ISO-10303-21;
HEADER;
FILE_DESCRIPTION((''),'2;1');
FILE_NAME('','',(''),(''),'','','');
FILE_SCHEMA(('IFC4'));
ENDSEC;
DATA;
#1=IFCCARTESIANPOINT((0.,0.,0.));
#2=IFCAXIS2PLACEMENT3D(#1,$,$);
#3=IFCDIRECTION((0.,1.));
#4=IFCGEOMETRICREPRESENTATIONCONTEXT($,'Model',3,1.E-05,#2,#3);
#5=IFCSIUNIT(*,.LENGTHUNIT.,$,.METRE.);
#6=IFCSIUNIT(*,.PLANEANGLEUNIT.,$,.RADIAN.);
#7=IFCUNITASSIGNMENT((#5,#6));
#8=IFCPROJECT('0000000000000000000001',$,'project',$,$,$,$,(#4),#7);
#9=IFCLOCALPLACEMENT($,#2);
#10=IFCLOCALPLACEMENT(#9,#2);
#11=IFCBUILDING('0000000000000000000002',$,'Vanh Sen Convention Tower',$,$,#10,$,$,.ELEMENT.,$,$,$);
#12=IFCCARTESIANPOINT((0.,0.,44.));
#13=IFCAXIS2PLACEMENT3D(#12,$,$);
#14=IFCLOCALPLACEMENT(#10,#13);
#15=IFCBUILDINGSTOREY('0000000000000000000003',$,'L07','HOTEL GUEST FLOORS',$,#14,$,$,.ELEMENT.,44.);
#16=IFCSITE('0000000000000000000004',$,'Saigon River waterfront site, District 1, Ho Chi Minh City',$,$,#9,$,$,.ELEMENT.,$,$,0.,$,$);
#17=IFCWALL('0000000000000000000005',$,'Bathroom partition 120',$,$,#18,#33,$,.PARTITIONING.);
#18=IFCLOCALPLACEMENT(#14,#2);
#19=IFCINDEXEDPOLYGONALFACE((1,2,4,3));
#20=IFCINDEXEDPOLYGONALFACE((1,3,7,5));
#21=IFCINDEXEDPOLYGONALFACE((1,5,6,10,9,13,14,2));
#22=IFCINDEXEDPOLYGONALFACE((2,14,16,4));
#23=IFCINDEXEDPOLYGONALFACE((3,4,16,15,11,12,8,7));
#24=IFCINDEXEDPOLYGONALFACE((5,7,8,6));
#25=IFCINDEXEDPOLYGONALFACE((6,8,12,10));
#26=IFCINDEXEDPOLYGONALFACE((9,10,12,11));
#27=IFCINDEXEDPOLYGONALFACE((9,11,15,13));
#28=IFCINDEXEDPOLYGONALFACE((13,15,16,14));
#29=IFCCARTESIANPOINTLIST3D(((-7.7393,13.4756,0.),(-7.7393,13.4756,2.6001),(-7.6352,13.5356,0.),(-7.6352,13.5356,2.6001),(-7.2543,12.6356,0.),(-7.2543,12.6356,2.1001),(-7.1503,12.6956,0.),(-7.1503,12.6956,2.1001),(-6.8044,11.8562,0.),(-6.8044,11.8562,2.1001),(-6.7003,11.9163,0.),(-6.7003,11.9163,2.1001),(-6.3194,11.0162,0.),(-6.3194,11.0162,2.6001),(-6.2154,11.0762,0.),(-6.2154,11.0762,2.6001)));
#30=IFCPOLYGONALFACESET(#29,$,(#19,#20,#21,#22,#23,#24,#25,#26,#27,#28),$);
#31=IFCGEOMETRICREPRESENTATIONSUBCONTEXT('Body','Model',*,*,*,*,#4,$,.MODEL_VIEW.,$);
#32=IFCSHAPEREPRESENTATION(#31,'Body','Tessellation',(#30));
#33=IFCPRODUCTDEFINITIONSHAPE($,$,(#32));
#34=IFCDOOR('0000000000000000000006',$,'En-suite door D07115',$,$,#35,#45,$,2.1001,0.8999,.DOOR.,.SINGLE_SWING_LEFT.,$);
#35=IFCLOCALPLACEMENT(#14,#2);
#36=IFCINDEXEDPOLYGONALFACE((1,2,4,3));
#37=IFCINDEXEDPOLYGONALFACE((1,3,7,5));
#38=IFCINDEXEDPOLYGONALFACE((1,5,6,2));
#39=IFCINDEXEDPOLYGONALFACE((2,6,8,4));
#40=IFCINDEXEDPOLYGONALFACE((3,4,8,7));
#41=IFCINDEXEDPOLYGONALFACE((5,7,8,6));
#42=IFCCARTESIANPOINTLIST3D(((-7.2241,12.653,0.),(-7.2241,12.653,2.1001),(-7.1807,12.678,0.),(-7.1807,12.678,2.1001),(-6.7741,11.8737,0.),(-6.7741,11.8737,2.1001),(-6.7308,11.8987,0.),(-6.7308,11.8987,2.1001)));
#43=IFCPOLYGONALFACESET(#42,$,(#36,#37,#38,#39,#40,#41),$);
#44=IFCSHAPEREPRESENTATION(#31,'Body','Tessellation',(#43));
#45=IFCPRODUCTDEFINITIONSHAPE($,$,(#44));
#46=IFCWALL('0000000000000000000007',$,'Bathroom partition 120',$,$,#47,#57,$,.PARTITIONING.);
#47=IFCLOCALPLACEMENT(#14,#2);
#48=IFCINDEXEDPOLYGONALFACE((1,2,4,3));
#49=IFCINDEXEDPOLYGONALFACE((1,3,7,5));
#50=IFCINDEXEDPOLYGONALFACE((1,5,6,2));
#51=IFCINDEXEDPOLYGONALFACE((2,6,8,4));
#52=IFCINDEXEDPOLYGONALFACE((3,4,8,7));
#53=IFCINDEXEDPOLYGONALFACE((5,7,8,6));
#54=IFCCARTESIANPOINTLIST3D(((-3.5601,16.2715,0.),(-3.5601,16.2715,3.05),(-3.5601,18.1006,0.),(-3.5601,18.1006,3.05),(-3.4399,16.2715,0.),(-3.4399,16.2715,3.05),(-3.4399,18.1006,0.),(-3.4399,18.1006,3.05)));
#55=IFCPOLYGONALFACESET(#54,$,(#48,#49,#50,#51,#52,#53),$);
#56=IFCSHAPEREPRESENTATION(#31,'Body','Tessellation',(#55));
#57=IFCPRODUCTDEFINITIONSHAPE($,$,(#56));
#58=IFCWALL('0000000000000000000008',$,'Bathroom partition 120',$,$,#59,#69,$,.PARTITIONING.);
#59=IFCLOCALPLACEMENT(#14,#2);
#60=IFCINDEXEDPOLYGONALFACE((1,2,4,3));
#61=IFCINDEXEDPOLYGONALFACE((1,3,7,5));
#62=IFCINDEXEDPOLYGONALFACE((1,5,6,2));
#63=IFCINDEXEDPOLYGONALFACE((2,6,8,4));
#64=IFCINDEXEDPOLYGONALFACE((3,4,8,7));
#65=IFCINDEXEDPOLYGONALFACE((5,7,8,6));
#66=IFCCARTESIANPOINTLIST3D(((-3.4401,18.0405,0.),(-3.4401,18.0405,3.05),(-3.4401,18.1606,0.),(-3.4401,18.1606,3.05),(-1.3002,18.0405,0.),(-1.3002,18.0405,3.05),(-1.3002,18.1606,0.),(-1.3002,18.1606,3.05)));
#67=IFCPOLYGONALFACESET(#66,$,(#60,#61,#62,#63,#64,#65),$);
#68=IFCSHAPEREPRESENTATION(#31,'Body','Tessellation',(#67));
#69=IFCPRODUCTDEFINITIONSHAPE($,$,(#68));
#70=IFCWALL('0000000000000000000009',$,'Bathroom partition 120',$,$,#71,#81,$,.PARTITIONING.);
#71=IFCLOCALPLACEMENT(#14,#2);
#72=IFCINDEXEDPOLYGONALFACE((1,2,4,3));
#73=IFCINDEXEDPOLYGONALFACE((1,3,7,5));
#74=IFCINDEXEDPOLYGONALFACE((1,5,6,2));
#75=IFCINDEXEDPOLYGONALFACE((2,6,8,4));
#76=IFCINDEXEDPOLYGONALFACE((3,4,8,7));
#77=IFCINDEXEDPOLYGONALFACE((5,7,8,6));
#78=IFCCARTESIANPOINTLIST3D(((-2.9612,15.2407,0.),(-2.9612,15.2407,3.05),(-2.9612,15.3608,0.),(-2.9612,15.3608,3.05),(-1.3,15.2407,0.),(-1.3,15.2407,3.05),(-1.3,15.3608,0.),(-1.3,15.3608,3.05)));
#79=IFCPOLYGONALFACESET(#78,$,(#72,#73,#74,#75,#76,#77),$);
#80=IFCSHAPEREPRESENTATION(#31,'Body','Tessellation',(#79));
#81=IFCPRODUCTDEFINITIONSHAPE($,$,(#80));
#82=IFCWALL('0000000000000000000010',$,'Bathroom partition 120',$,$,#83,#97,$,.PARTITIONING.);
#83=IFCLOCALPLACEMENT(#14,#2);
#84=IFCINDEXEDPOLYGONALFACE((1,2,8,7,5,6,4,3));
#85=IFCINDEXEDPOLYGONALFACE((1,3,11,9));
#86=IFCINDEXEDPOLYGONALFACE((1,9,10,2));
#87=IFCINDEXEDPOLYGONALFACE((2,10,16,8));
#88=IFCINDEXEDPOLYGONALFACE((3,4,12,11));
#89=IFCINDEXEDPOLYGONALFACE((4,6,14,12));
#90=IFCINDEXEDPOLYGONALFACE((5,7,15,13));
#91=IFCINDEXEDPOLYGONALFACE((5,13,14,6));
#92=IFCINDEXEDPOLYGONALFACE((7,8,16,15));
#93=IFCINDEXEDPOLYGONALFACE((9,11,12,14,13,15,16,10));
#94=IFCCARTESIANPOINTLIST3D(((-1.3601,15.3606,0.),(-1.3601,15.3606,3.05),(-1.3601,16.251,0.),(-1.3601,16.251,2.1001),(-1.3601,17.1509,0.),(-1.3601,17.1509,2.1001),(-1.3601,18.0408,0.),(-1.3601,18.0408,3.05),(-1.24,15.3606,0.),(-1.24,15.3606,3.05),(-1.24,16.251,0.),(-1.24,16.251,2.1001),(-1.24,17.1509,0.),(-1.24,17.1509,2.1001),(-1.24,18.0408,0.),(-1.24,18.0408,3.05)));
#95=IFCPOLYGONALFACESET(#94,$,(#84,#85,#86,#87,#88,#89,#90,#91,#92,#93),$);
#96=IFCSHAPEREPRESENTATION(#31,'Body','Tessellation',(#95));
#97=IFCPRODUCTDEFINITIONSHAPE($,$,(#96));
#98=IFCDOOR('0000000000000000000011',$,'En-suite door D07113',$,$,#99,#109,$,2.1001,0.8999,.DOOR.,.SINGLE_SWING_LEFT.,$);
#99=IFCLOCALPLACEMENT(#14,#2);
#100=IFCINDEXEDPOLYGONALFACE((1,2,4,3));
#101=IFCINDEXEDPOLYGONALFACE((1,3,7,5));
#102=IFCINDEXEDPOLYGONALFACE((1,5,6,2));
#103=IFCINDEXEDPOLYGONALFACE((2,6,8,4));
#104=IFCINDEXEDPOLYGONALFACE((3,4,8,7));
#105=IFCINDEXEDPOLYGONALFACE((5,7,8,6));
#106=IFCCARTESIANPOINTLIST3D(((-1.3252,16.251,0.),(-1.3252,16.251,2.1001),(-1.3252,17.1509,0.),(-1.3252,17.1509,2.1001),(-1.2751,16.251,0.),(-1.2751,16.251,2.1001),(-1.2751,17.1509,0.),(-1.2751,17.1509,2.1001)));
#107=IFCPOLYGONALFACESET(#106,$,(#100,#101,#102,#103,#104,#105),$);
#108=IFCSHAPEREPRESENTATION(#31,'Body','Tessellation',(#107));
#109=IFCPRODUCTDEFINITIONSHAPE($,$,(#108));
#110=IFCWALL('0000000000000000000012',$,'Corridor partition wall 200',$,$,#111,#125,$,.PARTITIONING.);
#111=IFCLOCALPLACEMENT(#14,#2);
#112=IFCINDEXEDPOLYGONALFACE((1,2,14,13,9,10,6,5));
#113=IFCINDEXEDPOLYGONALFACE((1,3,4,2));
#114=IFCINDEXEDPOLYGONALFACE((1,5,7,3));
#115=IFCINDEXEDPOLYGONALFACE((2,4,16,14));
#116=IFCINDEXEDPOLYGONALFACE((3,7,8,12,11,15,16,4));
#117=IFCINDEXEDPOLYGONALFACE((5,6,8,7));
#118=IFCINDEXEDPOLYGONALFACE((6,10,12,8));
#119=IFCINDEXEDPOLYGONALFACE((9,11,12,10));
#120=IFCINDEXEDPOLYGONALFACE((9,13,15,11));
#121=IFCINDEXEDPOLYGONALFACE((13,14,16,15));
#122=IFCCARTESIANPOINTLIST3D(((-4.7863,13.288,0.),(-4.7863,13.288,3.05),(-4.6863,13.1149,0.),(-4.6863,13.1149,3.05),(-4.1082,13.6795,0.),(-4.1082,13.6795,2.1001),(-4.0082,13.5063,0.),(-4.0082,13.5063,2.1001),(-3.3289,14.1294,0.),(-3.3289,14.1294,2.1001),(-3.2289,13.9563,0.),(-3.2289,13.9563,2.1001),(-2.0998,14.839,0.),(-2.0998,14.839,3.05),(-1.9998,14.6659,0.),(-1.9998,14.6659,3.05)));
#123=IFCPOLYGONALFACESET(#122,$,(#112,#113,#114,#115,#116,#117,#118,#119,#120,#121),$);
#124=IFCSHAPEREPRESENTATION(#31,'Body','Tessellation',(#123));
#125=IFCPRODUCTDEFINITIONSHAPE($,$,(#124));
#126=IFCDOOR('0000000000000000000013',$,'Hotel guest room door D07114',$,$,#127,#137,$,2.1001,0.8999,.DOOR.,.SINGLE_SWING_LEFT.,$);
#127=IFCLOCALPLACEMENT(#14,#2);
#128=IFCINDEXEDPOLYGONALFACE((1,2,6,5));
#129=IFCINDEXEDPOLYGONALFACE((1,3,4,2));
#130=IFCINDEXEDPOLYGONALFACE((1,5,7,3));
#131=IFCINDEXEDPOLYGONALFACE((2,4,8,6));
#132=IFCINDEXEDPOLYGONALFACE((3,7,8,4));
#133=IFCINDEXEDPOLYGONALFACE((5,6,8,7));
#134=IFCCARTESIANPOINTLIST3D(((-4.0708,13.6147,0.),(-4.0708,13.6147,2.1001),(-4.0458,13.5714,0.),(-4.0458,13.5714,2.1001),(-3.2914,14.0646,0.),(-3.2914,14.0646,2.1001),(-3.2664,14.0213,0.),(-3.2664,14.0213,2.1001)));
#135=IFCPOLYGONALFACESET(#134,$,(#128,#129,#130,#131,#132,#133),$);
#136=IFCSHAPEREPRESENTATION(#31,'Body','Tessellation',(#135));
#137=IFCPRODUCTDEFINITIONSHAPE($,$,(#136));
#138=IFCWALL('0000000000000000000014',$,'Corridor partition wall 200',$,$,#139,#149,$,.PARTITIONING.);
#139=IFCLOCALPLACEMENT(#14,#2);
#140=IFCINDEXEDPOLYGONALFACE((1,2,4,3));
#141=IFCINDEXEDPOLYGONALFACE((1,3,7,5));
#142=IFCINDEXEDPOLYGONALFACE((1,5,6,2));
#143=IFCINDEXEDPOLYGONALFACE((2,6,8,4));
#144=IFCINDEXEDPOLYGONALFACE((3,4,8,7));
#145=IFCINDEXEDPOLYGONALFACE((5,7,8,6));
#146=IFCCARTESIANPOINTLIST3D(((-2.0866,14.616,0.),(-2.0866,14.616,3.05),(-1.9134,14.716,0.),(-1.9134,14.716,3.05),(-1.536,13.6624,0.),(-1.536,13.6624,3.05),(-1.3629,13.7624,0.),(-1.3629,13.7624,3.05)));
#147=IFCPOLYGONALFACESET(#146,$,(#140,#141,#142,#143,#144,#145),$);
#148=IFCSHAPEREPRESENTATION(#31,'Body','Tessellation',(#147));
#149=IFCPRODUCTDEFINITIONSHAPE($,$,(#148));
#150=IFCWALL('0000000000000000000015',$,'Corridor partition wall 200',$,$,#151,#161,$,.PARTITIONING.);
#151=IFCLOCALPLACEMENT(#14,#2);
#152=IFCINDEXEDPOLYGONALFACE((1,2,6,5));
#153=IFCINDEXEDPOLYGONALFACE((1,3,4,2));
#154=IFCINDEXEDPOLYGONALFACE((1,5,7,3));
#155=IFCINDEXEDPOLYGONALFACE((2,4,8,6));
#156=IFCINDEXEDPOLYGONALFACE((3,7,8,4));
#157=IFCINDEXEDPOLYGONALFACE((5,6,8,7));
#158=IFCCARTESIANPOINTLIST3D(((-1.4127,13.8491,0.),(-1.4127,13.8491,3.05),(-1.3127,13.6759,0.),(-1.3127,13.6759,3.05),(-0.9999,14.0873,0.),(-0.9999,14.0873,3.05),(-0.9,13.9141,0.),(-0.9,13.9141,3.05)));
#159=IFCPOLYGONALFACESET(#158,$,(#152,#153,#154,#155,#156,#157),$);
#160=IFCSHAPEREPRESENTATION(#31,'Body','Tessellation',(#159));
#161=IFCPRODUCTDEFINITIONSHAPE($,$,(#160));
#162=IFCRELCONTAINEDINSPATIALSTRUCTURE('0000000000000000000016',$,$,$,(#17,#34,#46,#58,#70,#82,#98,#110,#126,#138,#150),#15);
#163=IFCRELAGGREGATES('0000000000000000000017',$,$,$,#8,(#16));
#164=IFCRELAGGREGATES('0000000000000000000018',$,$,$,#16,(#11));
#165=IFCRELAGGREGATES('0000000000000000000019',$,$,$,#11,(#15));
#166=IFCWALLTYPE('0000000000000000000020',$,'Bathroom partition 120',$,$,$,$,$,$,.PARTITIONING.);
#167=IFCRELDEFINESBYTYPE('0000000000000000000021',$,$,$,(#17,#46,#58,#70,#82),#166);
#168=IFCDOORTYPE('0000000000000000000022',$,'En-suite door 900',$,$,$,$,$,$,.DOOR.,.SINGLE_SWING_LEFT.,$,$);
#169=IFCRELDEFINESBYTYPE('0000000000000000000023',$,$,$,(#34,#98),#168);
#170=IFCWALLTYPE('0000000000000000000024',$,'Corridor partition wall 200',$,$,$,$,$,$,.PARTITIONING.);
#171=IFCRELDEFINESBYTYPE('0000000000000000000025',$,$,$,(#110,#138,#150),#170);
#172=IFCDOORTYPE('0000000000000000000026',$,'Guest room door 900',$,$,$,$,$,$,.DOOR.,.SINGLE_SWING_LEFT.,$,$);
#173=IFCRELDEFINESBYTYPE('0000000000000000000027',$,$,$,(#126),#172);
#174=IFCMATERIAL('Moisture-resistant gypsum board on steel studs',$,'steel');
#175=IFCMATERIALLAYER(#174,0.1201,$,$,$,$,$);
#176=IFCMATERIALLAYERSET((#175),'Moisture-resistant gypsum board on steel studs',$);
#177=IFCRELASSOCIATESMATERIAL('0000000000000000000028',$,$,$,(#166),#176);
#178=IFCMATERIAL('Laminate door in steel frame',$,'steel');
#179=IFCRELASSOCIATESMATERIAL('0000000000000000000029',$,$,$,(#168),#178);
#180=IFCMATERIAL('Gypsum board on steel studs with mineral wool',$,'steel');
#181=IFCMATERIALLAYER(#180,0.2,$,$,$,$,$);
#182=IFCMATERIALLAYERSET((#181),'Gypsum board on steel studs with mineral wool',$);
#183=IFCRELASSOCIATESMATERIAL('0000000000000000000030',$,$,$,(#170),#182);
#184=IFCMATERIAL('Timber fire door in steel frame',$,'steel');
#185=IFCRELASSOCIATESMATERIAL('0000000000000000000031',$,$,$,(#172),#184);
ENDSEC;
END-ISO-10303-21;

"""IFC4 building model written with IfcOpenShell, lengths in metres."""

from ifc_helpers import new_model, si_unit, direction, frame, frame_2d, origin, place, context, subcontext, project, spatial, rectangle, extrude, material, layer, layer_set, type_object, element, fill, save


model = new_model("IFC4")

# Units and contexts
model_context = context("Model", 3, precision=1e-05, world=origin(), true_north=direction((0.0, 1.0)))
body_context = subcontext(model_context, "Body", "Model", "MODEL_VIEW")
ifc_project = project(units=[si_unit("LENGTHUNIT", "METRE"), si_unit("PLANEANGLEUNIT", "RADIAN")], contexts=[model_context])

# Site, building, storey
site_placement = place(None, origin())
site = spatial("IfcSite", under=ifc_project, at=site_placement, Name="Saigon River waterfront site, District 1, Ho Chi Minh City", CompositionType="ELEMENT", RefElevation=0.0)
building_placement = place(site_placement, origin())
building = spatial("IfcBuilding", under=site, at=building_placement, Name="Vanh Sen Convention Tower", CompositionType="ELEMENT")
storey_placement = place(building_placement, frame((0.0, 0.0, 44.0)))
storey = spatial("IfcBuildingStorey", under=building, at=storey_placement, Name="L07", Description="HOTEL GUEST FLOORS", CompositionType="ELEMENT", Elevation=44.0)

# Wall, opening, door
ifc_material_1 = material(Name="Moisture-resistant gypsum board on steel studs", Category="steel")
ifc_layer_1 = layer(ifc_material_1, 0.1201)
ifc_layer_set_1 = layer_set([ifc_layer_1], Name="Moisture-resistant gypsum board on steel studs")
wall_type_1 = type_object("IfcWallType", Name="Bathroom partition 120", PredefinedType="PARTITIONING", material=ifc_layer_set_1)
wall_1_placement = place(storey_placement, frame((-7.6873, 13.5056, 0.0), z_axis=(0.0, 0.0, 1.0), x_axis=(0.499985, -0.866034, 0.0)))
wall_1 = element("IfcWall", 1, at=wall_1_placement, inside=storey, type_object=wall_type_1, Name="Bathroom partition 120", PredefinedType="PARTITIONING", context=body_context, shape_type="SweptSolid", body=[
    extrude(rectangle(XDim=2.8398, YDim=0.1201, at=frame_2d((1.4199, 0.0))), origin(), (0.0, 0.0, 1.0), 2.6001),
])
opening_1_placement = place(wall_1_placement, frame((0.97, 0.0, 0.0)))
opening_1 = element("IfcOpeningElement", 2, at=opening_1_placement, cuts=wall_1, PredefinedType="OPENING", context=body_context, shape_type="SweptSolid", body=[
    extrude(rectangle(XDim=0.8999, YDim=2.1001, at=frame_2d((0.45, 1.05))), frame((0.0, 0.0701, 0.0), z_axis=(0.0, -1.0, 0.0), x_axis=(1.0, 0.0, 0.0)), (0.0, 0.0, 1.0), 0.1401),
])
ifc_material_2 = material(Name="Laminate door in steel frame", Category="steel")
door_type_1 = type_object("IfcDoorType", Name="En-suite door 900", OperationType="SINGLE_SWING_LEFT", PredefinedType="DOOR", material=ifc_material_2)
door_1_placement = place(opening_1_placement, origin())
door_1 = element("IfcDoor", 3, at=door_1_placement, inside=storey, type_object=door_type_1, Name="En-suite door D07115", OperationType="SINGLE_SWING_LEFT", OverallHeight=2.1001, OverallWidth=0.8999, PredefinedType="DOOR", context=body_context, shape_type="SweptSolid", body=[
    extrude(rectangle(XDim=0.8999, YDim=2.1001, at=frame_2d((0.45, 1.05))), frame((0.0, 0.0249, 0.0), z_axis=(0.0, -1.0, 0.0), x_axis=(1.0, 0.0, 0.0)), (0.0, 0.0, 1.0), 0.05),
])
fill(opening_1, door_1)

# Walls
wall_2_placement = place(storey_placement, frame((-3.5, 16.2715, 0.0), z_axis=(0.0, 0.0, 1.0), x_axis=(0.0, 1.0, 0.0)))
element("IfcWall", 4, at=wall_2_placement, inside=storey, type_object=wall_type_1, Name="Bathroom partition 120", PredefinedType="PARTITIONING", context=body_context, shape_type="SweptSolid", body=[
    extrude(rectangle(XDim=1.8291, YDim=0.1201, at=frame_2d((0.9146, 0.0))), origin(), (0.0, 0.0, 1.0), 3.05),
])
wall_3_placement = place(storey_placement, frame((-3.4399, 18.1006, 0.0), z_axis=(0.0, 0.0, 1.0), x_axis=(1.0, 0.0, 0.0)))
element("IfcWall", 5, at=wall_3_placement, inside=storey, type_object=wall_type_1, Name="Bathroom partition 120", PredefinedType="PARTITIONING", context=body_context, shape_type="SweptSolid", body=[
    extrude(rectangle(XDim=2.1399, YDim=0.1201, at=frame_2d((1.0698, 0.0))), origin(), (0.0, 0.0, 1.0), 3.05),
])
wall_4_placement = place(storey_placement, frame((-1.3, 15.3008, 0.0), z_axis=(0.0, 0.0, 1.0), x_axis=(-1.0, 0.0, 0.0)))
element("IfcWall", 6, at=wall_4_placement, inside=storey, type_object=wall_type_1, Name="Bathroom partition 120", PredefinedType="PARTITIONING", context=body_context, shape_type="SweptSolid", body=[
    extrude(rectangle(XDim=1.6611, YDim=0.1201, at=frame_2d((0.8306, 0.0))), origin(), (0.0, 0.0, 1.0), 3.05),
])

# Walls, openings, doors
wall_5_placement = place(storey_placement, frame((-1.3, 18.0408, 0.0), z_axis=(0.0, 0.0, 1.0), x_axis=(0.0, -1.0, 0.0)))
wall_5 = element("IfcWall", 7, at=wall_5_placement, inside=storey, type_object=wall_type_1, Name="Bathroom partition 120", PredefinedType="PARTITIONING", context=body_context, shape_type="SweptSolid", body=[
    extrude(rectangle(XDim=2.6802, YDim=0.1201, at=frame_2d((1.3401, 0.0))), origin(), (0.0, 0.0, 1.0), 3.05),
])
opening_2_placement = place(wall_5_placement, frame((0.8899, 0.0, 0.0)))
opening_2 = element("IfcOpeningElement", 8, at=opening_2_placement, cuts=wall_5, PredefinedType="OPENING", context=body_context, shape_type="SweptSolid", body=[
    extrude(rectangle(XDim=0.8999, YDim=2.1001, at=frame_2d((0.45, 1.05))), frame((0.0, 0.0701, 0.0), z_axis=(0.0, -1.0, 0.0), x_axis=(1.0, 0.0, 0.0)), (0.0, 0.0, 1.0), 0.1401),
])
door_2_placement = place(opening_2_placement, origin())
door_2 = element("IfcDoor", 9, at=door_2_placement, inside=storey, type_object=door_type_1, Name="En-suite door D07113", OperationType="SINGLE_SWING_LEFT", OverallHeight=2.1001, OverallWidth=0.8999, PredefinedType="DOOR", context=body_context, shape_type="SweptSolid", body=[
    extrude(rectangle(XDim=0.8999, YDim=2.1001, at=frame_2d((0.45, 1.05))), frame((0.0, 0.0249, 0.0), z_axis=(0.0, -1.0, 0.0), x_axis=(1.0, 0.0, 0.0)), (0.0, 0.0, 1.0), 0.05),
])
fill(opening_2, door_2)
ifc_material_3 = material(Name="Gypsum board on steel studs with mineral wool", Category="steel")
ifc_layer_2 = layer(ifc_material_3, 0.2)
ifc_layer_set_2 = layer_set([ifc_layer_2], Name="Gypsum board on steel studs with mineral wool")
wall_type_2 = type_object("IfcWallType", Name="Corridor partition wall 200", PredefinedType="PARTITIONING", material=ifc_layer_set_2)
wall_6_placement = place(storey_placement, frame((-2.0498, 14.7524, 0.0), z_axis=(0.0, 0.0, 1.0), x_axis=(-0.866031, -0.49999, 0.0)))
wall_6 = element("IfcWall", 10, at=wall_6_placement, inside=storey, type_object=wall_type_2, Name="Corridor partition wall 200", PredefinedType="PARTITIONING", context=body_context, shape_type="SweptSolid", body=[
    extrude(rectangle(XDim=3.1021, YDim=0.2, at=frame_2d((1.551, 0.0))), origin(), (0.0, 0.0, 1.0), 3.05),
])
opening_3_placement = place(wall_6_placement, frame((1.4192, 0.0, 0.0)))
opening_3 = element("IfcOpeningElement", 11, at=opening_3_placement, cuts=wall_6, PredefinedType="OPENING", context=body_context, shape_type="SweptSolid", body=[
    extrude(rectangle(XDim=0.8999, YDim=2.1001, at=frame_2d((0.45, 1.05))), frame((0.0, 0.1099, 0.0), z_axis=(0.0, -1.0, 0.0), x_axis=(1.0, 0.0, 0.0)), (0.0, 0.0, 1.0), 0.22),
])
ifc_material_4 = material(Name="Timber fire door in steel frame", Category="steel")
door_type_2 = type_object("IfcDoorType", Name="Guest room door 900", OperationType="SINGLE_SWING_LEFT", PredefinedType="DOOR", material=ifc_material_4)
door_3_placement = place(opening_3_placement, origin())
door_3 = element("IfcDoor", 12, at=door_3_placement, inside=storey, type_object=door_type_2, Name="Hotel guest room door D07114", OperationType="SINGLE_SWING_LEFT", OverallHeight=2.1001, OverallWidth=0.8999, PredefinedType="DOOR", context=body_context, shape_type="SweptSolid", body=[
    extrude(rectangle(XDim=0.8999, YDim=2.1001, at=frame_2d((0.45, 1.05))), frame((0.0, 0.0249, 0.0), z_axis=(0.0, -1.0, 0.0), x_axis=(1.0, 0.0, 0.0)), (0.0, 0.0, 1.0), 0.05),
])
fill(opening_3, door_3)

# Walls
wall_7_placement = place(storey_placement, frame((-1.4495, 13.7124, 0.0), z_axis=(0.0, 0.0, 1.0), x_axis=(-0.499978, 0.866038, 0.0)))
element("IfcWall", 13, at=wall_7_placement, inside=storey, type_object=wall_type_2, Name="Corridor partition wall 200", PredefinedType="PARTITIONING", context=body_context, shape_type="SweptSolid", body=[
    extrude(rectangle(XDim=1.1011, YDim=0.2, at=frame_2d((0.5505, 0.0))), origin(), (0.0, 0.0, 1.0), 3.05),
])
wall_8_placement = place(storey_placement, frame((-0.95, 14.0007, 0.0), z_axis=(0.0, 0.0, 1.0), x_axis=(-0.866092, -0.499885, 0.0)))
element("IfcWall", 14, at=wall_8_placement, inside=storey, type_object=wall_type_2, Name="Corridor partition wall 200", PredefinedType="PARTITIONING", context=body_context, shape_type="SweptSolid", body=[
    extrude(rectangle(XDim=0.4766, YDim=0.2, at=frame_2d((0.2383, 0.0))), origin(), (0.0, 0.0, 1.0), 3.05),
])

save(model, "model.ifc")
